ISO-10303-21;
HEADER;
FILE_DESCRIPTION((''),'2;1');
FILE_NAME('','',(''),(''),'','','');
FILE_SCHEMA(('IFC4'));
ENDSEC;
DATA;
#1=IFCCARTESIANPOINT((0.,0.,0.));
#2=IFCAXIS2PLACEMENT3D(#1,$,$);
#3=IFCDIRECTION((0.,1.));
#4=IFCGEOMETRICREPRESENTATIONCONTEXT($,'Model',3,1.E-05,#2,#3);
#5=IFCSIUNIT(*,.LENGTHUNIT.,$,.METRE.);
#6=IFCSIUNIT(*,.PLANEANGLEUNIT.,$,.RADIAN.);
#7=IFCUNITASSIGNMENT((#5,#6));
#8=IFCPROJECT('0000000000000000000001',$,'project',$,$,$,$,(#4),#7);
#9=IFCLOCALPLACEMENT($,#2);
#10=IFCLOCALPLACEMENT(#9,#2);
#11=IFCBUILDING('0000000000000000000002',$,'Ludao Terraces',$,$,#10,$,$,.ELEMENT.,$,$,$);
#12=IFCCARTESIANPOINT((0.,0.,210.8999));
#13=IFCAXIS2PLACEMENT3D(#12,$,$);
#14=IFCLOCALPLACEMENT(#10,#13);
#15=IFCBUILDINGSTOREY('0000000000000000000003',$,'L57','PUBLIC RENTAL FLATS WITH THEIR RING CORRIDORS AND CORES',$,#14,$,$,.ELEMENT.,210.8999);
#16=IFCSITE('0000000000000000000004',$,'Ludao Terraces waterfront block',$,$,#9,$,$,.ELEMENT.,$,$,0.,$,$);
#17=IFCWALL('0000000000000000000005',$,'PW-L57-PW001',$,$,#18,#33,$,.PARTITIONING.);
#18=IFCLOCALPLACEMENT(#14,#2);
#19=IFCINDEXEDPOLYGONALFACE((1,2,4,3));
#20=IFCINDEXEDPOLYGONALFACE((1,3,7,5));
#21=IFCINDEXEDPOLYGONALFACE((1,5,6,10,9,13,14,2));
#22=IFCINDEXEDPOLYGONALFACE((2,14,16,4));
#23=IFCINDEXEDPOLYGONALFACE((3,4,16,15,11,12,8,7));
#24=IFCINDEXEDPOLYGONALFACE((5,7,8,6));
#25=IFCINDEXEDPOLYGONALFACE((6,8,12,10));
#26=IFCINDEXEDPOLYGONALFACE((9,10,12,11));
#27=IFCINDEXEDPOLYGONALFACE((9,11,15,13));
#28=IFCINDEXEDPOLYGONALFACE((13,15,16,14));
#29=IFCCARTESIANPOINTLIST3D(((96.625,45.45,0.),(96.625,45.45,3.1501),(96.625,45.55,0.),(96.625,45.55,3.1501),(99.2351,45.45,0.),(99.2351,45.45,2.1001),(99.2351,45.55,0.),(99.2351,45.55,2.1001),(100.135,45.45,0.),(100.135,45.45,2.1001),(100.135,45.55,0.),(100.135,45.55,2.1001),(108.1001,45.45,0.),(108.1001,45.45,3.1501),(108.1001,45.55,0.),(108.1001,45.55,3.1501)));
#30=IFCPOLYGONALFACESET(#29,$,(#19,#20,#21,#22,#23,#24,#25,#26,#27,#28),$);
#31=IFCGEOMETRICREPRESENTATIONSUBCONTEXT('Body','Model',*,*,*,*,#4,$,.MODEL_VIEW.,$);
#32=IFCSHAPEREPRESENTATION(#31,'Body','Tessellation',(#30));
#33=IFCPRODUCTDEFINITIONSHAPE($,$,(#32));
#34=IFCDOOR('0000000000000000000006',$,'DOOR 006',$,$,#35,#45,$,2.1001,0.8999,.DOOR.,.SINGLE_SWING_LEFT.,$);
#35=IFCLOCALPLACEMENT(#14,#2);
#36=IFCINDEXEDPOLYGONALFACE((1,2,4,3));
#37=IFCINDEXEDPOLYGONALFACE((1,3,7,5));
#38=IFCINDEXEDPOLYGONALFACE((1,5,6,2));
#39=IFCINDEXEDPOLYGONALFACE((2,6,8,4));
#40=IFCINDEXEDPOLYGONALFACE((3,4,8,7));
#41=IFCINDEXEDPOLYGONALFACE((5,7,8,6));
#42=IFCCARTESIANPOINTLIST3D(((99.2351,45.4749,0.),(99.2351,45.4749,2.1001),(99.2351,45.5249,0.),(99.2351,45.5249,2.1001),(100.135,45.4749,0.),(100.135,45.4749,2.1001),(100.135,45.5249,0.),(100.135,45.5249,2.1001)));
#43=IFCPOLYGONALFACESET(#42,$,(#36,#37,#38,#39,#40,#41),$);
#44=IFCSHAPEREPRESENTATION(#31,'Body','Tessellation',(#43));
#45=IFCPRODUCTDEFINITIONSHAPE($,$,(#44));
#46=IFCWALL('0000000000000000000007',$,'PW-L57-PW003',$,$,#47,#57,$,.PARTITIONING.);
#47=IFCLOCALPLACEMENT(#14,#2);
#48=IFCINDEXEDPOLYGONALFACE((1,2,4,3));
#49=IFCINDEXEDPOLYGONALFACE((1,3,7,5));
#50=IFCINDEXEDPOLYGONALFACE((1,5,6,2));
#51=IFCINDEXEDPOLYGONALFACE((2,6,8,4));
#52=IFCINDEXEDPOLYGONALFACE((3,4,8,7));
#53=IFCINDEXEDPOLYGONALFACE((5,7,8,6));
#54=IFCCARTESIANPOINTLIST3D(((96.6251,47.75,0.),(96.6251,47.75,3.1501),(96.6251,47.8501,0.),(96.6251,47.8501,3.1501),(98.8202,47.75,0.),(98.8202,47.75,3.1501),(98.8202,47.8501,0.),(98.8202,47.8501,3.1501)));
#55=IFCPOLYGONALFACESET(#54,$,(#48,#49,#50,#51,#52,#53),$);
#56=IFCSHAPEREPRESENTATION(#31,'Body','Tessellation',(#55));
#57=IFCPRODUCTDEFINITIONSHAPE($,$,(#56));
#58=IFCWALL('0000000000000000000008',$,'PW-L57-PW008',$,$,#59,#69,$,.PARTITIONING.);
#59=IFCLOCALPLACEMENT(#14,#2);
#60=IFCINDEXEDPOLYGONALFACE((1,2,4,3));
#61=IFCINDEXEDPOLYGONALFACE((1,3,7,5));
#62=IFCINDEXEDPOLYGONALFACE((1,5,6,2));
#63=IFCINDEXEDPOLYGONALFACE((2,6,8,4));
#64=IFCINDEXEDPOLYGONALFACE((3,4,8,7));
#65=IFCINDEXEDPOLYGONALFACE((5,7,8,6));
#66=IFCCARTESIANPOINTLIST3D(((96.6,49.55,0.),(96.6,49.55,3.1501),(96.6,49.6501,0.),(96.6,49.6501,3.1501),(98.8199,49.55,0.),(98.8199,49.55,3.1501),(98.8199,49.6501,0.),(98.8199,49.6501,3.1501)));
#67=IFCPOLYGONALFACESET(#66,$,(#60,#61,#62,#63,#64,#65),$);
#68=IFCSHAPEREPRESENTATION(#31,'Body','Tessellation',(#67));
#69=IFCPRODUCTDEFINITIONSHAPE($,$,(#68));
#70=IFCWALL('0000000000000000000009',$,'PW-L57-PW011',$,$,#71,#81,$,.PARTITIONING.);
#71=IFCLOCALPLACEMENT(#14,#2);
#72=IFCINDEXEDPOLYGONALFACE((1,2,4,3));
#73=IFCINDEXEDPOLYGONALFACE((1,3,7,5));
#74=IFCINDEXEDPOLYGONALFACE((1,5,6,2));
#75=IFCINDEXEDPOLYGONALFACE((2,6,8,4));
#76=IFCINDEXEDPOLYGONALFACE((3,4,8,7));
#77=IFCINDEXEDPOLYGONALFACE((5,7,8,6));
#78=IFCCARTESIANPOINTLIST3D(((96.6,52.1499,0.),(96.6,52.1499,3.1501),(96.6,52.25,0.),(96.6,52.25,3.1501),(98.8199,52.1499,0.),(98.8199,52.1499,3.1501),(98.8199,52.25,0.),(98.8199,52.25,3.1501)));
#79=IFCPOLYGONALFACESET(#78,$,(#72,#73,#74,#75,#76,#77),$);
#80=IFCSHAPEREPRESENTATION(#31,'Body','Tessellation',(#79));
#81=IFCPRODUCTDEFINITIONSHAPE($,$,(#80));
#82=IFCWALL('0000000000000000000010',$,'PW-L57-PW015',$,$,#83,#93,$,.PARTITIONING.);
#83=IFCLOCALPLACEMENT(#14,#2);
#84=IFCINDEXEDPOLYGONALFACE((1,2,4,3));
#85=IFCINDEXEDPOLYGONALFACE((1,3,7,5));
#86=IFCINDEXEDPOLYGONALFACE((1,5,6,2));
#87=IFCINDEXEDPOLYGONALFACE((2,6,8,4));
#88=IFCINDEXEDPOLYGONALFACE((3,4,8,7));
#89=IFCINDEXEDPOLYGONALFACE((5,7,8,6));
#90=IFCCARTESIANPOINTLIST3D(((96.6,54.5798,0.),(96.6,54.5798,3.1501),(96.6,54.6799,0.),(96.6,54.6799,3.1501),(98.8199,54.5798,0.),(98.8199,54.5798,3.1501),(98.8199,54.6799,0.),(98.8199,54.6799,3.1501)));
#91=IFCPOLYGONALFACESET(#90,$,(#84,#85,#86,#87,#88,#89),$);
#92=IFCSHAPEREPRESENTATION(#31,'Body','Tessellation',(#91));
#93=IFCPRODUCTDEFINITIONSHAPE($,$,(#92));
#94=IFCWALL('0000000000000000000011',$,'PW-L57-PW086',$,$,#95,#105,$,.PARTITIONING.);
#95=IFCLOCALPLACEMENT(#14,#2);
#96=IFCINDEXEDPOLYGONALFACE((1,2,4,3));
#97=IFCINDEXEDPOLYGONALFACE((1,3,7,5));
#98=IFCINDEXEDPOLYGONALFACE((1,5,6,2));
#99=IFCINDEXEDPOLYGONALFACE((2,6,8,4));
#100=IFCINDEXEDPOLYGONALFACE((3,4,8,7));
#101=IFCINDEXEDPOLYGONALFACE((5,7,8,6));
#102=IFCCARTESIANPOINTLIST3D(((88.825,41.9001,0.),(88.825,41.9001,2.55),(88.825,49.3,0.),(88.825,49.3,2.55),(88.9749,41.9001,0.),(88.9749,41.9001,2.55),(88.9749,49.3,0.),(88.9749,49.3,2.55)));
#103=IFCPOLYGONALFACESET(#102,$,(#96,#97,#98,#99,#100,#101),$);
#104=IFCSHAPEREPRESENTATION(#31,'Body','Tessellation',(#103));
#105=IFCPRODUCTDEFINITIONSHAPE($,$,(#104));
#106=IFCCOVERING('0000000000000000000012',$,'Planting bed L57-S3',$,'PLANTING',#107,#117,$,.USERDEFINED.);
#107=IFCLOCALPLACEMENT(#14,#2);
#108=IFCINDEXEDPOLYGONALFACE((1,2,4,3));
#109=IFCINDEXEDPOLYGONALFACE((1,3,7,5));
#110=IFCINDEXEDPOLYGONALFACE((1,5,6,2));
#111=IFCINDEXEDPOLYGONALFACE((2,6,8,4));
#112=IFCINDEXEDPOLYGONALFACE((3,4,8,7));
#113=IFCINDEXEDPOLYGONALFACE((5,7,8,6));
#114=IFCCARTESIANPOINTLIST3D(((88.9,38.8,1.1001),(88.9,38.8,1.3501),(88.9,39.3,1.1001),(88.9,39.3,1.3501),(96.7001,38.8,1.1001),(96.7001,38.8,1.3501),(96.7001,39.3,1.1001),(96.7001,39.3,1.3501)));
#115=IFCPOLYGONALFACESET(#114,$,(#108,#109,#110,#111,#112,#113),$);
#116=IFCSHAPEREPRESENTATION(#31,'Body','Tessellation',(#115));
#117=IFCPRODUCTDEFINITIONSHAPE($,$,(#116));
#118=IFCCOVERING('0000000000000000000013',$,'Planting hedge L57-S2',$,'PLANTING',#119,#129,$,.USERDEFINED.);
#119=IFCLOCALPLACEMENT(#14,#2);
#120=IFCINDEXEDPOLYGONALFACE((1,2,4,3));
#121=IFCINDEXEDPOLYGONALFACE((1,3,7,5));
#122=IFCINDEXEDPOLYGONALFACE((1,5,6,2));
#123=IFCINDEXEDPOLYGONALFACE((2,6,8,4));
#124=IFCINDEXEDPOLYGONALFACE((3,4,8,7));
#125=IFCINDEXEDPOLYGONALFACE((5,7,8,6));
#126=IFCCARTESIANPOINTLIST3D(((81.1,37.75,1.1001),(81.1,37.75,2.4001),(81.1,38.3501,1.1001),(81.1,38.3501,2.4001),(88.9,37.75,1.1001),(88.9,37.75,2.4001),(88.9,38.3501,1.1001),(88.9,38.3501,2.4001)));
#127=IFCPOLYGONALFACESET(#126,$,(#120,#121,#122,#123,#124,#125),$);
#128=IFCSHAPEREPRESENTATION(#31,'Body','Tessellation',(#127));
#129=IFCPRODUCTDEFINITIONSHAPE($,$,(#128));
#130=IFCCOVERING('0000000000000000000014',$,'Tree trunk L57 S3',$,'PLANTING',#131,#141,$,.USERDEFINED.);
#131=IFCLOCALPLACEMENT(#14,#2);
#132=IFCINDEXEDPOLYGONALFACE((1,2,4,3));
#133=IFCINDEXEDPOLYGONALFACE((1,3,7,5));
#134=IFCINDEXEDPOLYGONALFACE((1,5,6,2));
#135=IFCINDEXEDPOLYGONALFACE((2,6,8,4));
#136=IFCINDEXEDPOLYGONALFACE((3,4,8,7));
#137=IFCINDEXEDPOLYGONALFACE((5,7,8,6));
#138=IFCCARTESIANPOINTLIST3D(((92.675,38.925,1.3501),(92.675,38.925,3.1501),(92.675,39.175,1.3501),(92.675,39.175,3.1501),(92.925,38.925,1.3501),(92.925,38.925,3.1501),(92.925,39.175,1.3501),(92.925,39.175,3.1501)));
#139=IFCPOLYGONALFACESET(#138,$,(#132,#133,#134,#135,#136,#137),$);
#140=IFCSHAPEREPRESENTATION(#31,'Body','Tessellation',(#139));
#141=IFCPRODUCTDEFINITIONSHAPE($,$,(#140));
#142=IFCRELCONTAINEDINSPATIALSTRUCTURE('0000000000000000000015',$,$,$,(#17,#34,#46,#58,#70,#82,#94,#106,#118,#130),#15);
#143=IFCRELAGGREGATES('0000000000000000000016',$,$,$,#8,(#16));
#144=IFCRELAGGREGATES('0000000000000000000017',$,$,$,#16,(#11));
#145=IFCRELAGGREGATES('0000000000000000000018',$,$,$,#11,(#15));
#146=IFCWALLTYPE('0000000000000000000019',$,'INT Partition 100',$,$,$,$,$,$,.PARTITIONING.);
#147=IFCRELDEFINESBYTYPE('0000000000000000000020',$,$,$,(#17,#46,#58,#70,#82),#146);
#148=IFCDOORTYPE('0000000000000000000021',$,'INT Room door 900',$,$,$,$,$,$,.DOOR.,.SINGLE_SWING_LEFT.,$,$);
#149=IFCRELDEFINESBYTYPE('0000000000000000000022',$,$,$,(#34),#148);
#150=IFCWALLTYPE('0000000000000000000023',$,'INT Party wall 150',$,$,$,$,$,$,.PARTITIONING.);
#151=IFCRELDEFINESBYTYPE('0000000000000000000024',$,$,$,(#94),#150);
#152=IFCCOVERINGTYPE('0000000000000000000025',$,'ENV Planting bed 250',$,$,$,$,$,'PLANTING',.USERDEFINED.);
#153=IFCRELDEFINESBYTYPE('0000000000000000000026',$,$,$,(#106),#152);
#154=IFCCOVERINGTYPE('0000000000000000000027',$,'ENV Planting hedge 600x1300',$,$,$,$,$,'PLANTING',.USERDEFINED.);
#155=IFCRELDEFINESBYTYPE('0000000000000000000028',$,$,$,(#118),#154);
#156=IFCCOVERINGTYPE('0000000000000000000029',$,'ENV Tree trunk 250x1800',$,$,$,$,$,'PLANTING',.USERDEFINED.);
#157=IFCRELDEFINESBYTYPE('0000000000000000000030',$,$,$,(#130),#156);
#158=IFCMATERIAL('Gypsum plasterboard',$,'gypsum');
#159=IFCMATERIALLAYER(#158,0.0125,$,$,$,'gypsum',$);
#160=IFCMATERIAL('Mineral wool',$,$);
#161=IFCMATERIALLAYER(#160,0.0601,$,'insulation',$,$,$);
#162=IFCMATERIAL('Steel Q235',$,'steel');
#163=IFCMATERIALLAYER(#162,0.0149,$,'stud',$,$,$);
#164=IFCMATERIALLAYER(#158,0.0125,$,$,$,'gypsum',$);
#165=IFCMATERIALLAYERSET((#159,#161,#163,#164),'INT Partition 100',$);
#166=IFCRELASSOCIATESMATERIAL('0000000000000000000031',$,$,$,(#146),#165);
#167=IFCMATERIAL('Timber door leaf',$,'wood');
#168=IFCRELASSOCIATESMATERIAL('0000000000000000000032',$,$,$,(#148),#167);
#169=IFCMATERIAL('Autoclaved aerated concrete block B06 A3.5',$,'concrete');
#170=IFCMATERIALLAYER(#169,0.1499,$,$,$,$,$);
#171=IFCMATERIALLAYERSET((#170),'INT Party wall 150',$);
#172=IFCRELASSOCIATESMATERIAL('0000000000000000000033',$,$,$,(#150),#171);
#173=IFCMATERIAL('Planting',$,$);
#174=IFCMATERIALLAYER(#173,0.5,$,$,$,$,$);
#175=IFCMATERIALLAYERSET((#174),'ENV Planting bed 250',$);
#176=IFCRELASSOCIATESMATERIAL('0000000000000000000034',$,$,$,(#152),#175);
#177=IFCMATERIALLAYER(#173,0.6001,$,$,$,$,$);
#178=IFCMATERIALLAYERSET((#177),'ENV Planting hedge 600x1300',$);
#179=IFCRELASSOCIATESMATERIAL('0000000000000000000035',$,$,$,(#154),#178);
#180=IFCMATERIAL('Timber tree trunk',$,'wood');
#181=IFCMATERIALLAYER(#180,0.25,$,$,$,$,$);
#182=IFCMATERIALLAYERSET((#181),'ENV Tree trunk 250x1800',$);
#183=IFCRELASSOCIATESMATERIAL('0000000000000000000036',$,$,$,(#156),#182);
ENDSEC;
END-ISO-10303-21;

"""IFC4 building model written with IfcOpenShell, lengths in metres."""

from ifc_helpers import new_model, si_unit, direction, frame, frame_2d, origin, origin_2d, place, context, subcontext, project, spatial, rectangle, extrude, material, layer, layer_set, type_object, element, fill, save


model = new_model("IFC4")

# Units and contexts
model_context = context("Model", 3, precision=1e-05, world=origin(), true_north=direction((0.0, 1.0)))
body_context = subcontext(model_context, "Body", "Model", "MODEL_VIEW")
ifc_project = project(units=[si_unit("LENGTHUNIT", "METRE"), si_unit("PLANEANGLEUNIT", "RADIAN")], contexts=[model_context])

# Site, building, storey
site_placement = place(None, origin())
site = spatial("IfcSite", under=ifc_project, at=site_placement, Name="Ludao Terraces waterfront block", CompositionType="ELEMENT", RefElevation=0.0)
building_placement = place(site_placement, origin())
building = spatial("IfcBuilding", under=site, at=building_placement, Name="Ludao Terraces", CompositionType="ELEMENT")
storey_placement = place(building_placement, frame((0.0, 0.0, 210.8999)))
storey = spatial("IfcBuildingStorey", under=building, at=storey_placement, Name="L57", Description="PUBLIC RENTAL FLATS WITH THEIR RING CORRIDORS AND CORES", CompositionType="ELEMENT", Elevation=210.8999)

# Shared definitions
ifc_material_1 = material(Name="Steel Q235", Category="steel")

# Shared definitions
ifc_material_2 = material(Name="Mineral wool")

# Wall, opening, door
ifc_material_3 = material(Name="Gypsum plasterboard", Category="gypsum")
ifc_layer_1 = layer(ifc_material_3, 0.0125, Category="gypsum")
ifc_layer_2 = layer(ifc_material_2, 0.0601, Name="insulation")
ifc_layer_3 = layer(ifc_material_1, 0.0149, Name="stud")
ifc_layer_4 = layer(ifc_material_3, 0.0125, Category="gypsum")
ifc_layer_set_1 = layer_set([ifc_layer_1, ifc_layer_2, ifc_layer_3, ifc_layer_4], Name="INT Partition 100")
wall_type_1 = type_object("IfcWallType", Name="INT Partition 100", PredefinedType="PARTITIONING", material=ifc_layer_set_1)
wall_1_placement = place(storey_placement, frame((96.625, 45.5, 0.0), z_axis=(0.0, 0.0, 1.0), x_axis=(1.0, 0.0, 0.0)))
wall_1 = element("IfcWall", 1, at=wall_1_placement, inside=storey, type_object=wall_type_1, Name="PW-L57-PW001", PredefinedType="PARTITIONING", context=body_context, shape_type="SweptSolid", body=[
    extrude(rectangle(XDim=11.4751, YDim=0.1001, at=frame_2d((5.7375, 0.0))), origin(), (0.0, 0.0, 1.0), 3.1501),
])
opening_1_placement = place(wall_1_placement, frame((2.6101, 0.0, 0.0)))
opening_1 = element("IfcOpeningElement", 2, at=opening_1_placement, cuts=wall_1, PredefinedType="OPENING", context=body_context, shape_type="SweptSolid", body=[
    extrude(rectangle(XDim=0.8999, YDim=2.1001, at=frame_2d((0.45, 1.05))), frame((0.0, 0.0601, 0.0), z_axis=(0.0, -1.0, 0.0), x_axis=(1.0, 0.0, 0.0)), (0.0, 0.0, 1.0), 0.1201),
])
ifc_material_4 = material(Name="Timber door leaf", Category="wood")
door_type_1 = type_object("IfcDoorType", Name="INT Room door 900", OperationType="SINGLE_SWING_LEFT", PredefinedType="DOOR", material=ifc_material_4)
door_1_placement = place(opening_1_placement, origin())
door_1 = element("IfcDoor", 3, at=door_1_placement, inside=storey, type_object=door_type_1, Name="DOOR 006", OperationType="SINGLE_SWING_LEFT", OverallHeight=2.1001, OverallWidth=0.8999, PredefinedType="DOOR", context=body_context, shape_type="SweptSolid", body=[
    extrude(rectangle(XDim=0.8999, YDim=2.1001, at=frame_2d((0.45, 1.05))), frame((0.0, 0.0249, 0.0), z_axis=(0.0, -1.0, 0.0), x_axis=(1.0, 0.0, 0.0)), (0.0, 0.0, 1.0), 0.05),
])
fill(opening_1, door_1)

# Walls
wall_2_placement = place(storey_placement, frame((96.625, 47.8, 0.0), z_axis=(0.0, 0.0, 1.0), x_axis=(1.0, 0.0, 0.0)))
element("IfcWall", 4, at=wall_2_placement, inside=storey, type_object=wall_type_1, Name="PW-L57-PW003", PredefinedType="PARTITIONING", context=body_context, shape_type="SweptSolid", body=[
    extrude(rectangle(XDim=2.1951, YDim=0.1001, at=frame_2d((1.0977, 0.0))), origin(), (0.0, 0.0, 1.0), 3.1501),
])
for number, where, z_axis, x_axis, name in (
    (5, (96.6001, 49.6001, 0.0), (0.0, 0.0, 1.0), (1.0, 0.0, 0.0), "PW-L57-PW008"),
    (6, (96.6001, 52.2, 0.0), (0.0, 0.0, 1.0), (1.0, 0.0, 0.0), "PW-L57-PW011"),
    (7, (96.6001, 54.6299, 0.0), (0.0, 0.0, 1.0), (1.0, 0.0, 0.0), "PW-L57-PW015"),
):
    element("IfcWall", number, at=place(storey_placement, frame(where, z_axis=z_axis, x_axis=x_axis)), inside=storey, type_object=wall_type_1, Name=name, PredefinedType="PARTITIONING", context=body_context, shape_type="SweptSolid", body=[
        extrude(rectangle(XDim=2.22, YDim=0.1001, at=frame_2d((1.1099, 0.0))), origin(), (0.0, 0.0, 1.0), 3.1501),
    ])
ifc_material_5 = material(Name="Autoclaved aerated concrete block B06 A3.5", Category="concrete")
ifc_layer_5 = layer(ifc_material_5, 0.1499)
ifc_layer_set_2 = layer_set([ifc_layer_5], Name="INT Party wall 150")
wall_type_2 = type_object("IfcWallType", Name="INT Party wall 150", PredefinedType="PARTITIONING", material=ifc_layer_set_2)
wall_3_placement = place(storey_placement, frame((88.8999, 41.9001, 0.0), z_axis=(0.0, 0.0, 1.0), x_axis=(0.0, 1.0, 0.0)))
element("IfcWall", 8, at=wall_3_placement, inside=storey, type_object=wall_type_2, Name="PW-L57-PW086", PredefinedType="PARTITIONING", context=body_context, shape_type="SweptSolid", body=[
    extrude(rectangle(XDim=7.3999, YDim=0.1499, at=frame_2d((3.7, 0.0))), origin(), (0.0, 0.0, 1.0), 2.55),
])

# Coverings
ifc_material_6 = material(Name="Planting")
ifc_layer_6 = layer(ifc_material_6, 0.5)
ifc_layer_set_3 = layer_set([ifc_layer_6], Name="ENV Planting bed 250")
covering_type_1 = type_object("IfcCoveringType", Name="ENV Planting bed 250", ElementType="PLANTING", PredefinedType="USERDEFINED", material=ifc_layer_set_3)
covering_1_placement = place(storey_placement, frame((92.8, 39.05, 1.1001), z_axis=(0.0, 0.0, 1.0), x_axis=(1.0, 0.0, 0.0)))
element("IfcCovering", 9, at=covering_1_placement, inside=storey, type_object=covering_type_1, Name="Planting bed L57-S3", ObjectType="PLANTING", PredefinedType="USERDEFINED", context=body_context, shape_type="SweptSolid", body=[
    extrude(rectangle(XDim=7.8, YDim=0.5, at=origin_2d()), origin(), (0.0, 0.0, 1.0), 0.25),
])
ifc_layer_7 = layer(ifc_material_6, 0.6001)
ifc_layer_set_4 = layer_set([ifc_layer_7], Name="ENV Planting hedge 600x1300")
covering_type_2 = type_object("IfcCoveringType", Name="ENV Planting hedge 600x1300", ElementType="PLANTING", PredefinedType="USERDEFINED", material=ifc_layer_set_4)
covering_2_placement = place(storey_placement, frame((85.0, 38.05, 1.1001), z_axis=(0.0, 0.0, 1.0), x_axis=(1.0, 0.0, 0.0)))
element("IfcCovering", 10, at=covering_2_placement, inside=storey, type_object=covering_type_2, Name="Planting hedge L57-S2", ObjectType="PLANTING", PredefinedType="USERDEFINED", context=body_context, shape_type="SweptSolid", body=[
    extrude(rectangle(XDim=7.8, YDim=0.6001, at=origin_2d()), origin(), (0.0, 0.0, 1.0), 1.3),
])
ifc_material_7 = material(Name="Timber tree trunk", Category="wood")
ifc_layer_8 = layer(ifc_material_7, 0.25)
ifc_layer_set_5 = layer_set([ifc_layer_8], Name="ENV Tree trunk 250x1800")
covering_type_3 = type_object("IfcCoveringType", Name="ENV Tree trunk 250x1800", ElementType="PLANTING", PredefinedType="USERDEFINED", material=ifc_layer_set_5)
covering_3_placement = place(storey_placement, frame((92.8, 39.05, 1.3501), z_axis=(0.0, 0.0, 1.0), x_axis=(1.0, 0.0, 0.0)))
element("IfcCovering", 11, at=covering_3_placement, inside=storey, type_object=covering_type_3, Name="Tree trunk L57 S3", ObjectType="PLANTING", PredefinedType="USERDEFINED", context=body_context, shape_type="SweptSolid", body=[
    extrude(rectangle(XDim=0.25, YDim=0.25, at=origin_2d()), origin(), (0.0, 0.0, 1.0), 1.8),
])

save(model, "model.ifc")
